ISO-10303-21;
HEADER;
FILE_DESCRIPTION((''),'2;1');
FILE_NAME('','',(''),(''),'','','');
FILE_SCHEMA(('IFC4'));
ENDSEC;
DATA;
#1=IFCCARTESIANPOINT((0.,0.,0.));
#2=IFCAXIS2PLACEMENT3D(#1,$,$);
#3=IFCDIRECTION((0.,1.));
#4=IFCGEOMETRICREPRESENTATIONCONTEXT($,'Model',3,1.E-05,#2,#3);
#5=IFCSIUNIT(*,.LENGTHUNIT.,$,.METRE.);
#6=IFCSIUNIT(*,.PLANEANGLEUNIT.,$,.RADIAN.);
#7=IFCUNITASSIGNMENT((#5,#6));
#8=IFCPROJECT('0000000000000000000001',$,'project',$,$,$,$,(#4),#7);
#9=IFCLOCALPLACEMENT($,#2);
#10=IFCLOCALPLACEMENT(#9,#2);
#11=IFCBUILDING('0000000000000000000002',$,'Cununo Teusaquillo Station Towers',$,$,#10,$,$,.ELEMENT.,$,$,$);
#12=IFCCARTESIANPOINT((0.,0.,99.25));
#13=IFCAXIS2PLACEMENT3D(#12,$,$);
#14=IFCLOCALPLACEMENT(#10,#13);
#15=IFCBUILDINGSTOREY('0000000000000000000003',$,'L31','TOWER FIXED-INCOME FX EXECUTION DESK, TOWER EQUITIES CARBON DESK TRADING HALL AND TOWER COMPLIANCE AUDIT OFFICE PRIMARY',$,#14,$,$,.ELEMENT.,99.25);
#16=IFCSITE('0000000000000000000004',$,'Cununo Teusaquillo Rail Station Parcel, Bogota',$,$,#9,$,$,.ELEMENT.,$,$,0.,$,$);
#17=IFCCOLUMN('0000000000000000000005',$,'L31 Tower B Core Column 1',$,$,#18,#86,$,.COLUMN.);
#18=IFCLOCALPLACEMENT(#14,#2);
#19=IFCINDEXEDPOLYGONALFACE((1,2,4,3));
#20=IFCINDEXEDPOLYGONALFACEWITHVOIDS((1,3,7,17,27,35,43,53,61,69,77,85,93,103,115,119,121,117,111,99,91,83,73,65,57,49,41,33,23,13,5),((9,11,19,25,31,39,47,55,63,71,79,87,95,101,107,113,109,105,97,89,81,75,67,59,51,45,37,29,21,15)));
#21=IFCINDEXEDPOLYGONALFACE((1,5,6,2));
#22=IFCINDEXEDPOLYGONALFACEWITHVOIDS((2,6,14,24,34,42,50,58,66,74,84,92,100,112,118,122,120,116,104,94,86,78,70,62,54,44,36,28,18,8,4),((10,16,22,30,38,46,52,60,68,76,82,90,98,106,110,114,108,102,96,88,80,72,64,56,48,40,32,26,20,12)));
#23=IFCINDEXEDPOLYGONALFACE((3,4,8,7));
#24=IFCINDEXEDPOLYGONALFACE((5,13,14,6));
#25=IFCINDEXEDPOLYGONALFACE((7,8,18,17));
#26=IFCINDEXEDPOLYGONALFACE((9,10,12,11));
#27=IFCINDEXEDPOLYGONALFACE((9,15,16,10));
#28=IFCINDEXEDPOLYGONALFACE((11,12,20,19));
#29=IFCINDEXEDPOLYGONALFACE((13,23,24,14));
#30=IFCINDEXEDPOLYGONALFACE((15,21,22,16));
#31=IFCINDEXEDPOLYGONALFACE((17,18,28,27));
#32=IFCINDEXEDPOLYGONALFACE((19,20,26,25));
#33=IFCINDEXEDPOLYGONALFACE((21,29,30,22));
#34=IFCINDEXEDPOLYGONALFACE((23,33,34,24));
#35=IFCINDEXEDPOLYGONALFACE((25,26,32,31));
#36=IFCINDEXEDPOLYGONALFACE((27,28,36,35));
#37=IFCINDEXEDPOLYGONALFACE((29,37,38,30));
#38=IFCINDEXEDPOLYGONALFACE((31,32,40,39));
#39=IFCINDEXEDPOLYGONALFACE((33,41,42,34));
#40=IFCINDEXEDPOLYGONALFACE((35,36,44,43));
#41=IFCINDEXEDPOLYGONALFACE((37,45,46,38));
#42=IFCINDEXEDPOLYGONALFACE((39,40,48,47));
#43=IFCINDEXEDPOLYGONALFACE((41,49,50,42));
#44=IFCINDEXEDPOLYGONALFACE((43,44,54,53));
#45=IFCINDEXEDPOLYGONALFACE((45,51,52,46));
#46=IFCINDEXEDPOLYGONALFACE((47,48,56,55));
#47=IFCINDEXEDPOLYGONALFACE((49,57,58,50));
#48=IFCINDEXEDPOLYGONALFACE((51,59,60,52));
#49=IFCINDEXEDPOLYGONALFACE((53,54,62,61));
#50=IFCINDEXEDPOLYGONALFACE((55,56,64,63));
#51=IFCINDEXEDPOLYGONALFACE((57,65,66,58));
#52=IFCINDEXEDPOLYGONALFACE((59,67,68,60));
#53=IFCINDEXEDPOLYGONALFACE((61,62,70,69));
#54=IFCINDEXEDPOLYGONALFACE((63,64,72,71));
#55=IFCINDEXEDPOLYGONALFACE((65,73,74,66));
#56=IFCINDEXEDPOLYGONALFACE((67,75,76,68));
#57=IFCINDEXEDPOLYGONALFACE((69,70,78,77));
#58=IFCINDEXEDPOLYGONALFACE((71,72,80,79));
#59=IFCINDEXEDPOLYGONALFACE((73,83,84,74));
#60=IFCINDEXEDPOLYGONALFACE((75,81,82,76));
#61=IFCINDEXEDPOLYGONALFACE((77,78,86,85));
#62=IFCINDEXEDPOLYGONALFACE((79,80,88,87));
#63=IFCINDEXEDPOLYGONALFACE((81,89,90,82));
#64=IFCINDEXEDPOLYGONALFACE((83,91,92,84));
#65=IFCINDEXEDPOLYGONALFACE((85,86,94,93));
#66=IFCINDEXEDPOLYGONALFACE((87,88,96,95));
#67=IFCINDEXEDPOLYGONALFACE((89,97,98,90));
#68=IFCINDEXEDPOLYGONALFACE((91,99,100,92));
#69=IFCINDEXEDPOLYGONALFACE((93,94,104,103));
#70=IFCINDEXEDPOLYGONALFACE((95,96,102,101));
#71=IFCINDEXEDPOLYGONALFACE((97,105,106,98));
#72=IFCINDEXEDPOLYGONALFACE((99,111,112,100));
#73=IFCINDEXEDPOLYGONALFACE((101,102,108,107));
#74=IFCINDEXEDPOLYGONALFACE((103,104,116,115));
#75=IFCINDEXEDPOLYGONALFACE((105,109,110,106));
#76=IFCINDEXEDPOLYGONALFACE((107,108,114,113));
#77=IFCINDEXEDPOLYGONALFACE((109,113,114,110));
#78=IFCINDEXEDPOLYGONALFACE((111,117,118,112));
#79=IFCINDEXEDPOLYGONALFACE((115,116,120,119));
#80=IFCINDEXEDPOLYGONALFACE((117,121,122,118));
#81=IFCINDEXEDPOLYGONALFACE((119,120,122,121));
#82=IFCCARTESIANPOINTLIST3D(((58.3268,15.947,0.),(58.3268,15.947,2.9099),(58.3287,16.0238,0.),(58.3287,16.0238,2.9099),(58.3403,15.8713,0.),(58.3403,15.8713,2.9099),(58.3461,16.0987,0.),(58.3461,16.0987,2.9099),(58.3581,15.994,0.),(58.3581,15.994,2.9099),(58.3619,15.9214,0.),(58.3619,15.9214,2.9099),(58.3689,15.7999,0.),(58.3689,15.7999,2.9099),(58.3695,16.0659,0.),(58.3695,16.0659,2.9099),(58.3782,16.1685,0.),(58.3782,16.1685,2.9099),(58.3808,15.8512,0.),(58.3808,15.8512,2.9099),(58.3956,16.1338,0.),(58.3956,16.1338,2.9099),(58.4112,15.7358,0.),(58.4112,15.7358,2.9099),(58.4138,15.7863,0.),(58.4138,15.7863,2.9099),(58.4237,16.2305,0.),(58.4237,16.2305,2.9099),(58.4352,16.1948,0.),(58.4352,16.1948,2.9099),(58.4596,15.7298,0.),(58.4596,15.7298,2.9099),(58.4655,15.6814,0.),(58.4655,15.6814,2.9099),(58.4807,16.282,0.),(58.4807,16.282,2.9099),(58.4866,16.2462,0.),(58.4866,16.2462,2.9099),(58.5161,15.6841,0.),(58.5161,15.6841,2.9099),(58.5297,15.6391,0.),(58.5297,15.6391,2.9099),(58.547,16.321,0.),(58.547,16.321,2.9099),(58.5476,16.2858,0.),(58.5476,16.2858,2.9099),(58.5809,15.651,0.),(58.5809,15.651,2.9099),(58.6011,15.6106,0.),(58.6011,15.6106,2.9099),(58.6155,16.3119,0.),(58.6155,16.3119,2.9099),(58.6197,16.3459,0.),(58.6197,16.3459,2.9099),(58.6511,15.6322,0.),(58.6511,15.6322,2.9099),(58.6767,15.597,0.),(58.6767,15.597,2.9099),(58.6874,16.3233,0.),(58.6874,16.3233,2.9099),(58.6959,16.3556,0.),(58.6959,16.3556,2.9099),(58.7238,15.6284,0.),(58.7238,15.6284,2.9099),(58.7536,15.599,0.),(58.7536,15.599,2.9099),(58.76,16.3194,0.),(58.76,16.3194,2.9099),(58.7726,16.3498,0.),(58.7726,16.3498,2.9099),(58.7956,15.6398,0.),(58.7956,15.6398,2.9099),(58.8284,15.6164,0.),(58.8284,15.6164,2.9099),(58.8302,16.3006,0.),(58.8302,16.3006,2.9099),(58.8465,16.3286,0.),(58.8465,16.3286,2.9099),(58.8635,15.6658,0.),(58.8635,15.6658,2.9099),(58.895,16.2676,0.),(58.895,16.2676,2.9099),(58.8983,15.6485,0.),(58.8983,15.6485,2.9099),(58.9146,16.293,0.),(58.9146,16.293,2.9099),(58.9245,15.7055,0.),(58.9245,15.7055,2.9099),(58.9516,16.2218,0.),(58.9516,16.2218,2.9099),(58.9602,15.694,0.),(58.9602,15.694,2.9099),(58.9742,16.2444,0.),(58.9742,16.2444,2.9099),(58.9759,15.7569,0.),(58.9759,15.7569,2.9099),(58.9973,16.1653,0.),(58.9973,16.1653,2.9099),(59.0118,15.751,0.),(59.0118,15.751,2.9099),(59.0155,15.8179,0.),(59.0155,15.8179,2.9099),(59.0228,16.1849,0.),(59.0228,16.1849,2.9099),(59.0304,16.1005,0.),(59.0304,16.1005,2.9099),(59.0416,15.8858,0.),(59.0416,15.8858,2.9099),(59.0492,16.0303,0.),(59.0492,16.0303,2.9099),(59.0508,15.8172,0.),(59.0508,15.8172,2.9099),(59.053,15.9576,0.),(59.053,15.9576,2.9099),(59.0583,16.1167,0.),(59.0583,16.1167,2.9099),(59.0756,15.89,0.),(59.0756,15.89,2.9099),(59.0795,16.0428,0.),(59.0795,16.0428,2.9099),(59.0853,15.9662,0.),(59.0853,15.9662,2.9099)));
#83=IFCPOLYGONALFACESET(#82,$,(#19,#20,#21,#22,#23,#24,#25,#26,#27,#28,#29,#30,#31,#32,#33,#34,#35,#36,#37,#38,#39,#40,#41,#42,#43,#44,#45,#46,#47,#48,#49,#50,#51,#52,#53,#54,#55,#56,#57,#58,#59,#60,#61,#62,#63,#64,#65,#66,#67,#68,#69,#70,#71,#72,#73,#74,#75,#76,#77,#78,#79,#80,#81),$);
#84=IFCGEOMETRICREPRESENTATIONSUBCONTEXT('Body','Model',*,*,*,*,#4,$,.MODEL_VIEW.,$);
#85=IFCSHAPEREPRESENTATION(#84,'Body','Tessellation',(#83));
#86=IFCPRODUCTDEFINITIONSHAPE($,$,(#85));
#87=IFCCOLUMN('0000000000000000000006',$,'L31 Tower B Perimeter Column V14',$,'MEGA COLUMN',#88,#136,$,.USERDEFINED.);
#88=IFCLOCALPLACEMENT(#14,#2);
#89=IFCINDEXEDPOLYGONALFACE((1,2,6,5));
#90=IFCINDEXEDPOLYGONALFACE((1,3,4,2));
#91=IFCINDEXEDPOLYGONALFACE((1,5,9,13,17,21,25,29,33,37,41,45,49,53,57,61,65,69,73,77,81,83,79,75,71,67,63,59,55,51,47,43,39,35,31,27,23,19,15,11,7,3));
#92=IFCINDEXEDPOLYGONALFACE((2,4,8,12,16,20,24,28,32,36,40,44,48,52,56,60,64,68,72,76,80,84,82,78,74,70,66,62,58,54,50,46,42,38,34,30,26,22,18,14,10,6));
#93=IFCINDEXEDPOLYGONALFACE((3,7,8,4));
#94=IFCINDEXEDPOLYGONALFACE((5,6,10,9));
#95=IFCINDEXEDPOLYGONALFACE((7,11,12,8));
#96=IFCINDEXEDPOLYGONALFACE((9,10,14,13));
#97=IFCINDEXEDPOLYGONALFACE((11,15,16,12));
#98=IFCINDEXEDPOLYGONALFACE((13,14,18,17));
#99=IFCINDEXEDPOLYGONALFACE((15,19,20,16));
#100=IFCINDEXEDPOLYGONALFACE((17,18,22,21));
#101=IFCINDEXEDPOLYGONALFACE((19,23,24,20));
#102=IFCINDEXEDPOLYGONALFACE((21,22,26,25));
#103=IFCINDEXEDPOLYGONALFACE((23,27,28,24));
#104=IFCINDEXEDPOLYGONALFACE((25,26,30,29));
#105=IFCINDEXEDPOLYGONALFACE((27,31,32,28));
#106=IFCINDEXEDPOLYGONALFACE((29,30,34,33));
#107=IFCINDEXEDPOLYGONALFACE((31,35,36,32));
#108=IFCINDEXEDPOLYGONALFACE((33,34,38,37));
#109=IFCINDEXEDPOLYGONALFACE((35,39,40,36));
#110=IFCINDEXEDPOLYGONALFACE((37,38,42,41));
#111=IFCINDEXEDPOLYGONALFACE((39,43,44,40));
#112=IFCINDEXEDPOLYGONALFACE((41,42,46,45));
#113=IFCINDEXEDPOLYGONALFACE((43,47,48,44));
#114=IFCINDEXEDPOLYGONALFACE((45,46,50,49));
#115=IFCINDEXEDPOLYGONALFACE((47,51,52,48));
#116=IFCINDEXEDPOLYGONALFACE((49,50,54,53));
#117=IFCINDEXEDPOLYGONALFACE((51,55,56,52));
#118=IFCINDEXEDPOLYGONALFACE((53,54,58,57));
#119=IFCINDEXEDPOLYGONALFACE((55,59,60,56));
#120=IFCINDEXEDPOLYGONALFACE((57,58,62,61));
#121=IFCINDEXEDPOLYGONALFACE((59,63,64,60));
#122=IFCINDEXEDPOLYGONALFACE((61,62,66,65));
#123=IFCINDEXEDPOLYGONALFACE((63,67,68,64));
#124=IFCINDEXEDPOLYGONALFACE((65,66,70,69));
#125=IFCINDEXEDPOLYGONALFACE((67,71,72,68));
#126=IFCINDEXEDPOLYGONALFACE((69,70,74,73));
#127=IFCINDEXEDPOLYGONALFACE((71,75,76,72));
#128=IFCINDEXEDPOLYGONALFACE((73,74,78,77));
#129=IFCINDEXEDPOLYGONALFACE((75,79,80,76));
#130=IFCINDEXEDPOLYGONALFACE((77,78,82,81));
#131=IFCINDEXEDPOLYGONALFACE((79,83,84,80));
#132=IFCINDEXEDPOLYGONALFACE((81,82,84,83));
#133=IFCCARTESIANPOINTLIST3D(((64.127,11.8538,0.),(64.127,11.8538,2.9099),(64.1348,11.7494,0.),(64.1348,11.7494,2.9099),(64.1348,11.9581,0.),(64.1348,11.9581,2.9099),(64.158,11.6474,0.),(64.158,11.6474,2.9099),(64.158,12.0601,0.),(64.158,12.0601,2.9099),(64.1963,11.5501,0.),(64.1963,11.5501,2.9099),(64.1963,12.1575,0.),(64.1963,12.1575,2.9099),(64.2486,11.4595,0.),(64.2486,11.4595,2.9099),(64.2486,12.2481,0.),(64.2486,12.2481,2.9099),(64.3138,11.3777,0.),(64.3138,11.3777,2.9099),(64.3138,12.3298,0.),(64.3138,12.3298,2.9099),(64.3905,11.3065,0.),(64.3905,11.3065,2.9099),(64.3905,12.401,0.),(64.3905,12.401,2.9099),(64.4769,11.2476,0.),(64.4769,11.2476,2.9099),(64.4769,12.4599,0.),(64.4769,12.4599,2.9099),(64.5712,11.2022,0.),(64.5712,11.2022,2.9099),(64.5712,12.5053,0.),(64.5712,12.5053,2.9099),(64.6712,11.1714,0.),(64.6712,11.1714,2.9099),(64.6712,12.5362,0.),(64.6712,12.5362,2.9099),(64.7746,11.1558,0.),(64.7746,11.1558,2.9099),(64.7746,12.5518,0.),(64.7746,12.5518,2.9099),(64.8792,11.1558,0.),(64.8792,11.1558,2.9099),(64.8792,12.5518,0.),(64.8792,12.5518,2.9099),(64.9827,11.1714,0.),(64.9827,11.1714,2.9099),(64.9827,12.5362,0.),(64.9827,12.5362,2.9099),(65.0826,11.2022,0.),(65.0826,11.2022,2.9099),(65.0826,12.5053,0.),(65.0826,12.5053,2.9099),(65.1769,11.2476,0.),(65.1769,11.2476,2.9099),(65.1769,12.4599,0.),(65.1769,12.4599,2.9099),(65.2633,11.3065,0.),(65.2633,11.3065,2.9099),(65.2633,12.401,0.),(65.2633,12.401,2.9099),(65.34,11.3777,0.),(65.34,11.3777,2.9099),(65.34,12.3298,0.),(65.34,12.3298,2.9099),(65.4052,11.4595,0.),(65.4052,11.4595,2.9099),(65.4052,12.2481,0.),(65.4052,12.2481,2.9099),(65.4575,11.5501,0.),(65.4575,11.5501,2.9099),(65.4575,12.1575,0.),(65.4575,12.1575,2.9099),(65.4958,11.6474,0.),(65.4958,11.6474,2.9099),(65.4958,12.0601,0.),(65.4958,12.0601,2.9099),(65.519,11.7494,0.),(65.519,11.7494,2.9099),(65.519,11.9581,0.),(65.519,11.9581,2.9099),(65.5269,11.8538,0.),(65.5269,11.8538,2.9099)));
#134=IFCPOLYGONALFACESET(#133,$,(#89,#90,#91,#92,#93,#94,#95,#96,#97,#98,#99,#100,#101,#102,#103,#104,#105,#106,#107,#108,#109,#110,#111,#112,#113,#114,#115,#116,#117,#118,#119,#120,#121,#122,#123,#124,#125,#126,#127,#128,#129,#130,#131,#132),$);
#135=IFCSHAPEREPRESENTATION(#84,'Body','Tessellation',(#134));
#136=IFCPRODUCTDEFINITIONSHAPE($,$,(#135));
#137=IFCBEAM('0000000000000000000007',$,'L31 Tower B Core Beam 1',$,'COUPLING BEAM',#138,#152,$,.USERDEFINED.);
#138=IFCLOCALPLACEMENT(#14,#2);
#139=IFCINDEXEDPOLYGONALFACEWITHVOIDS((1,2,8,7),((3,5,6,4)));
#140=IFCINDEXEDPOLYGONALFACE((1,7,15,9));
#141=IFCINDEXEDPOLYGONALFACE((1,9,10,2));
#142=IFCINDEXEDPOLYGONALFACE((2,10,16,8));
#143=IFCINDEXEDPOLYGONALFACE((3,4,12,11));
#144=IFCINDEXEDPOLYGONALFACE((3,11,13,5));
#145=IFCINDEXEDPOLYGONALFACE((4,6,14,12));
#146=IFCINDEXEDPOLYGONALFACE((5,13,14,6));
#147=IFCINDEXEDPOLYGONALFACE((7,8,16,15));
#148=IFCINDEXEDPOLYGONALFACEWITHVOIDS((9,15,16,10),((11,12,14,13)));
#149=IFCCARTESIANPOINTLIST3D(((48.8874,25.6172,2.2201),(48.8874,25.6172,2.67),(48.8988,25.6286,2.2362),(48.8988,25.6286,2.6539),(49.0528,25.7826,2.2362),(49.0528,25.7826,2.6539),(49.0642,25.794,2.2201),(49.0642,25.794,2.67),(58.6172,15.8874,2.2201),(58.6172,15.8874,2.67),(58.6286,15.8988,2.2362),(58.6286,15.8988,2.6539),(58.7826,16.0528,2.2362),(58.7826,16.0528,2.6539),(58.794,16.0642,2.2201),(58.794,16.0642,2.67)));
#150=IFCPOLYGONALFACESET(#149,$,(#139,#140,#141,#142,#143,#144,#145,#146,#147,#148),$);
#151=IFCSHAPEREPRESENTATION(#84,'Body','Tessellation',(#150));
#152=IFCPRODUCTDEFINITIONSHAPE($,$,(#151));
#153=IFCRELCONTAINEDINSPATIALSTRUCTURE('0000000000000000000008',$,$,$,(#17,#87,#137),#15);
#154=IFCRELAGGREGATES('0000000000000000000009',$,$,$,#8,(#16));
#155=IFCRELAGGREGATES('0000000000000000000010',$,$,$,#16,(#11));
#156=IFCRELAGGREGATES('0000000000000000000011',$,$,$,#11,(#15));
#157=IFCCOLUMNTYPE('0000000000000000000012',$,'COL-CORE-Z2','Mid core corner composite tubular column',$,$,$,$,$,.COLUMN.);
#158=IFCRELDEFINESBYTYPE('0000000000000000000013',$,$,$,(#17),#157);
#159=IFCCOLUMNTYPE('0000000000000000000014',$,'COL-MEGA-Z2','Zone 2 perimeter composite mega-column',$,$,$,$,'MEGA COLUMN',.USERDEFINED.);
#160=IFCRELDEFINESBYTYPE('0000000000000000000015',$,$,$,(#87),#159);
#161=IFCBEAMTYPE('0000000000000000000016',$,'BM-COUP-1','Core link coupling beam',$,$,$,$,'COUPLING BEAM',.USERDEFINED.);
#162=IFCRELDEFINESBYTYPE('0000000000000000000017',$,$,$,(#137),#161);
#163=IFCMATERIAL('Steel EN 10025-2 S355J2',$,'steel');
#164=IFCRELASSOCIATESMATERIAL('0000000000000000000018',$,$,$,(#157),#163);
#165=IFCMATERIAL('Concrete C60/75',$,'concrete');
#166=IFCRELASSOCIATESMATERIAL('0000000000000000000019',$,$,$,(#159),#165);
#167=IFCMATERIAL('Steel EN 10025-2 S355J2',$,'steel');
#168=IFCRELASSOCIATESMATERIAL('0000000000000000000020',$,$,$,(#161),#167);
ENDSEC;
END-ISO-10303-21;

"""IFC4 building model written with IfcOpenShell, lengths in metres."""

from ifc_helpers import new_model, si_unit, direction, frame, origin, origin_2d, place, context, subcontext, project, spatial, hollow_rectangle, circle, hollow_circle, extrude, material, material_profile, profile_set, type_object, element, save


model = new_model("IFC4")

# Units and contexts
model_context = context("Model", 3, precision=1e-05, world=origin(), true_north=direction((0.0, 1.0)))
body_context = subcontext(model_context, "Body", "Model", "MODEL_VIEW")
ifc_project = project(units=[si_unit("LENGTHUNIT", "METRE"), si_unit("PLANEANGLEUNIT", "RADIAN")], contexts=[model_context])

# Site, building, storey
site_placement = place(None, origin())
site = spatial("IfcSite", under=ifc_project, at=site_placement, Name="Cununo Teusaquillo Rail Station Parcel, Bogota", CompositionType="ELEMENT", RefElevation=0.0)
building_placement = place(site_placement, origin())
building = spatial("IfcBuilding", under=site, at=building_placement, Name="Cununo Teusaquillo Station Towers", CompositionType="ELEMENT")
storey_placement = place(building_placement, frame((0.0, 0.0, 99.25)))
storey = spatial("IfcBuildingStorey", under=building, at=storey_placement, Name="L31", Description="TOWER FIXED-INCOME FX EXECUTION DESK, TOWER EQUITIES CARBON DESK TRADING HALL AND TOWER COMPLIANCE AUDIT OFFICE PRIMARY", CompositionType="ELEMENT", Elevation=99.25)

# Columns
ifc_material_1 = material(Name="Steel EN 10025-2 S355J2", Category="steel")
ifc_material_profile_1 = material_profile(ifc_material_1, hollow_circle(Radius=0.3799, WallThickness=0.032, at=origin_2d()), Name="CHS 760x32")
ifc_profile_set_1 = profile_set([ifc_material_profile_1], Name="Steel EN 10025-2 S355J2")
column_type_1 = type_object("IfcColumnType", Name="COL-CORE-Z2", Description="Mid core corner composite tubular column", PredefinedType="COLUMN", material=ifc_profile_set_1)
column_1_placement = place(storey_placement, frame((58.7056, 15.9758, 0.0), z_axis=(0.0, 0.0, 1.0), x_axis=(0.707107, 0.707107, 0.0)))
element("IfcColumn", 1, at=column_1_placement, inside=storey, type_object=column_type_1, Name="L31 Tower B Core Column 1", PredefinedType="COLUMN", context=body_context, shape_type="SweptSolid", body=[
    extrude(hollow_circle(Radius=0.3799, WallThickness=0.032, at=origin_2d()), origin(), (0.0, 0.0, 1.0), 2.9099),
])
ifc_material_2 = material(Name="Concrete C60/75", Category="concrete")
ifc_material_profile_2 = material_profile(ifc_material_2, circle(Radius=0.7, at=origin_2d()), Name="RC-CIRC-1400")
ifc_profile_set_2 = profile_set([ifc_material_profile_2], Name="Concrete C60/75")
column_type_2 = type_object("IfcColumnType", Name="COL-MEGA-Z2", Description="Zone 2 perimeter composite mega-column", ElementType="MEGA COLUMN", PredefinedType="USERDEFINED", material=ifc_profile_set_2)
column_2_placement = place(storey_placement, frame((64.8269, 11.8538, 0.0), z_axis=(0.0, 0.0, 1.0), x_axis=(1.0, 0.0, 0.0)))
element("IfcColumn", 2, at=column_2_placement, inside=storey, type_object=column_type_2, Name="L31 Tower B Perimeter Column V14", ObjectType="MEGA COLUMN", PredefinedType="USERDEFINED", context=body_context, shape_type="SweptSolid", body=[
    extrude(circle(Radius=0.7, at=origin_2d()), origin(), (0.0, 0.0, 1.0), 2.9099),
])

# Beam
ifc_material_3 = material(Name="Steel EN 10025-2 S355J2", Category="steel")
ifc_material_profile_3 = material_profile(ifc_material_3, hollow_rectangle(XDim=0.25, YDim=0.45, WallThickness=0.0161, at=origin_2d()), Name="RHS 450x250x16")
ifc_profile_set_3 = profile_set([ifc_material_profile_3], Name="Steel EN 10025-2 S355J2")
beam_type_1 = type_object("IfcBeamType", Name="BM-COUP-1", Description="Core link coupling beam", ElementType="COUPLING BEAM", PredefinedType="USERDEFINED", material=ifc_profile_set_3)
beam_1_placement = place(storey_placement, frame((58.7056, 15.9758, 2.4451), z_axis=(-0.707107, 0.707107, 0.0), x_axis=(-0.707107, -0.707107, 0.0)))
element("IfcBeam", 3, at=beam_1_placement, inside=storey, type_object=beam_type_1, Name="L31 Tower B Core Beam 1", ObjectType="COUPLING BEAM", PredefinedType="USERDEFINED", context=body_context, shape_type="SweptSolid", body=[
    extrude(hollow_rectangle(XDim=0.25, YDim=0.45, WallThickness=0.0161, at=origin_2d()), origin(), (0.0, 0.0, 1.0), 13.76),
])

save(model, "model.ifc")
